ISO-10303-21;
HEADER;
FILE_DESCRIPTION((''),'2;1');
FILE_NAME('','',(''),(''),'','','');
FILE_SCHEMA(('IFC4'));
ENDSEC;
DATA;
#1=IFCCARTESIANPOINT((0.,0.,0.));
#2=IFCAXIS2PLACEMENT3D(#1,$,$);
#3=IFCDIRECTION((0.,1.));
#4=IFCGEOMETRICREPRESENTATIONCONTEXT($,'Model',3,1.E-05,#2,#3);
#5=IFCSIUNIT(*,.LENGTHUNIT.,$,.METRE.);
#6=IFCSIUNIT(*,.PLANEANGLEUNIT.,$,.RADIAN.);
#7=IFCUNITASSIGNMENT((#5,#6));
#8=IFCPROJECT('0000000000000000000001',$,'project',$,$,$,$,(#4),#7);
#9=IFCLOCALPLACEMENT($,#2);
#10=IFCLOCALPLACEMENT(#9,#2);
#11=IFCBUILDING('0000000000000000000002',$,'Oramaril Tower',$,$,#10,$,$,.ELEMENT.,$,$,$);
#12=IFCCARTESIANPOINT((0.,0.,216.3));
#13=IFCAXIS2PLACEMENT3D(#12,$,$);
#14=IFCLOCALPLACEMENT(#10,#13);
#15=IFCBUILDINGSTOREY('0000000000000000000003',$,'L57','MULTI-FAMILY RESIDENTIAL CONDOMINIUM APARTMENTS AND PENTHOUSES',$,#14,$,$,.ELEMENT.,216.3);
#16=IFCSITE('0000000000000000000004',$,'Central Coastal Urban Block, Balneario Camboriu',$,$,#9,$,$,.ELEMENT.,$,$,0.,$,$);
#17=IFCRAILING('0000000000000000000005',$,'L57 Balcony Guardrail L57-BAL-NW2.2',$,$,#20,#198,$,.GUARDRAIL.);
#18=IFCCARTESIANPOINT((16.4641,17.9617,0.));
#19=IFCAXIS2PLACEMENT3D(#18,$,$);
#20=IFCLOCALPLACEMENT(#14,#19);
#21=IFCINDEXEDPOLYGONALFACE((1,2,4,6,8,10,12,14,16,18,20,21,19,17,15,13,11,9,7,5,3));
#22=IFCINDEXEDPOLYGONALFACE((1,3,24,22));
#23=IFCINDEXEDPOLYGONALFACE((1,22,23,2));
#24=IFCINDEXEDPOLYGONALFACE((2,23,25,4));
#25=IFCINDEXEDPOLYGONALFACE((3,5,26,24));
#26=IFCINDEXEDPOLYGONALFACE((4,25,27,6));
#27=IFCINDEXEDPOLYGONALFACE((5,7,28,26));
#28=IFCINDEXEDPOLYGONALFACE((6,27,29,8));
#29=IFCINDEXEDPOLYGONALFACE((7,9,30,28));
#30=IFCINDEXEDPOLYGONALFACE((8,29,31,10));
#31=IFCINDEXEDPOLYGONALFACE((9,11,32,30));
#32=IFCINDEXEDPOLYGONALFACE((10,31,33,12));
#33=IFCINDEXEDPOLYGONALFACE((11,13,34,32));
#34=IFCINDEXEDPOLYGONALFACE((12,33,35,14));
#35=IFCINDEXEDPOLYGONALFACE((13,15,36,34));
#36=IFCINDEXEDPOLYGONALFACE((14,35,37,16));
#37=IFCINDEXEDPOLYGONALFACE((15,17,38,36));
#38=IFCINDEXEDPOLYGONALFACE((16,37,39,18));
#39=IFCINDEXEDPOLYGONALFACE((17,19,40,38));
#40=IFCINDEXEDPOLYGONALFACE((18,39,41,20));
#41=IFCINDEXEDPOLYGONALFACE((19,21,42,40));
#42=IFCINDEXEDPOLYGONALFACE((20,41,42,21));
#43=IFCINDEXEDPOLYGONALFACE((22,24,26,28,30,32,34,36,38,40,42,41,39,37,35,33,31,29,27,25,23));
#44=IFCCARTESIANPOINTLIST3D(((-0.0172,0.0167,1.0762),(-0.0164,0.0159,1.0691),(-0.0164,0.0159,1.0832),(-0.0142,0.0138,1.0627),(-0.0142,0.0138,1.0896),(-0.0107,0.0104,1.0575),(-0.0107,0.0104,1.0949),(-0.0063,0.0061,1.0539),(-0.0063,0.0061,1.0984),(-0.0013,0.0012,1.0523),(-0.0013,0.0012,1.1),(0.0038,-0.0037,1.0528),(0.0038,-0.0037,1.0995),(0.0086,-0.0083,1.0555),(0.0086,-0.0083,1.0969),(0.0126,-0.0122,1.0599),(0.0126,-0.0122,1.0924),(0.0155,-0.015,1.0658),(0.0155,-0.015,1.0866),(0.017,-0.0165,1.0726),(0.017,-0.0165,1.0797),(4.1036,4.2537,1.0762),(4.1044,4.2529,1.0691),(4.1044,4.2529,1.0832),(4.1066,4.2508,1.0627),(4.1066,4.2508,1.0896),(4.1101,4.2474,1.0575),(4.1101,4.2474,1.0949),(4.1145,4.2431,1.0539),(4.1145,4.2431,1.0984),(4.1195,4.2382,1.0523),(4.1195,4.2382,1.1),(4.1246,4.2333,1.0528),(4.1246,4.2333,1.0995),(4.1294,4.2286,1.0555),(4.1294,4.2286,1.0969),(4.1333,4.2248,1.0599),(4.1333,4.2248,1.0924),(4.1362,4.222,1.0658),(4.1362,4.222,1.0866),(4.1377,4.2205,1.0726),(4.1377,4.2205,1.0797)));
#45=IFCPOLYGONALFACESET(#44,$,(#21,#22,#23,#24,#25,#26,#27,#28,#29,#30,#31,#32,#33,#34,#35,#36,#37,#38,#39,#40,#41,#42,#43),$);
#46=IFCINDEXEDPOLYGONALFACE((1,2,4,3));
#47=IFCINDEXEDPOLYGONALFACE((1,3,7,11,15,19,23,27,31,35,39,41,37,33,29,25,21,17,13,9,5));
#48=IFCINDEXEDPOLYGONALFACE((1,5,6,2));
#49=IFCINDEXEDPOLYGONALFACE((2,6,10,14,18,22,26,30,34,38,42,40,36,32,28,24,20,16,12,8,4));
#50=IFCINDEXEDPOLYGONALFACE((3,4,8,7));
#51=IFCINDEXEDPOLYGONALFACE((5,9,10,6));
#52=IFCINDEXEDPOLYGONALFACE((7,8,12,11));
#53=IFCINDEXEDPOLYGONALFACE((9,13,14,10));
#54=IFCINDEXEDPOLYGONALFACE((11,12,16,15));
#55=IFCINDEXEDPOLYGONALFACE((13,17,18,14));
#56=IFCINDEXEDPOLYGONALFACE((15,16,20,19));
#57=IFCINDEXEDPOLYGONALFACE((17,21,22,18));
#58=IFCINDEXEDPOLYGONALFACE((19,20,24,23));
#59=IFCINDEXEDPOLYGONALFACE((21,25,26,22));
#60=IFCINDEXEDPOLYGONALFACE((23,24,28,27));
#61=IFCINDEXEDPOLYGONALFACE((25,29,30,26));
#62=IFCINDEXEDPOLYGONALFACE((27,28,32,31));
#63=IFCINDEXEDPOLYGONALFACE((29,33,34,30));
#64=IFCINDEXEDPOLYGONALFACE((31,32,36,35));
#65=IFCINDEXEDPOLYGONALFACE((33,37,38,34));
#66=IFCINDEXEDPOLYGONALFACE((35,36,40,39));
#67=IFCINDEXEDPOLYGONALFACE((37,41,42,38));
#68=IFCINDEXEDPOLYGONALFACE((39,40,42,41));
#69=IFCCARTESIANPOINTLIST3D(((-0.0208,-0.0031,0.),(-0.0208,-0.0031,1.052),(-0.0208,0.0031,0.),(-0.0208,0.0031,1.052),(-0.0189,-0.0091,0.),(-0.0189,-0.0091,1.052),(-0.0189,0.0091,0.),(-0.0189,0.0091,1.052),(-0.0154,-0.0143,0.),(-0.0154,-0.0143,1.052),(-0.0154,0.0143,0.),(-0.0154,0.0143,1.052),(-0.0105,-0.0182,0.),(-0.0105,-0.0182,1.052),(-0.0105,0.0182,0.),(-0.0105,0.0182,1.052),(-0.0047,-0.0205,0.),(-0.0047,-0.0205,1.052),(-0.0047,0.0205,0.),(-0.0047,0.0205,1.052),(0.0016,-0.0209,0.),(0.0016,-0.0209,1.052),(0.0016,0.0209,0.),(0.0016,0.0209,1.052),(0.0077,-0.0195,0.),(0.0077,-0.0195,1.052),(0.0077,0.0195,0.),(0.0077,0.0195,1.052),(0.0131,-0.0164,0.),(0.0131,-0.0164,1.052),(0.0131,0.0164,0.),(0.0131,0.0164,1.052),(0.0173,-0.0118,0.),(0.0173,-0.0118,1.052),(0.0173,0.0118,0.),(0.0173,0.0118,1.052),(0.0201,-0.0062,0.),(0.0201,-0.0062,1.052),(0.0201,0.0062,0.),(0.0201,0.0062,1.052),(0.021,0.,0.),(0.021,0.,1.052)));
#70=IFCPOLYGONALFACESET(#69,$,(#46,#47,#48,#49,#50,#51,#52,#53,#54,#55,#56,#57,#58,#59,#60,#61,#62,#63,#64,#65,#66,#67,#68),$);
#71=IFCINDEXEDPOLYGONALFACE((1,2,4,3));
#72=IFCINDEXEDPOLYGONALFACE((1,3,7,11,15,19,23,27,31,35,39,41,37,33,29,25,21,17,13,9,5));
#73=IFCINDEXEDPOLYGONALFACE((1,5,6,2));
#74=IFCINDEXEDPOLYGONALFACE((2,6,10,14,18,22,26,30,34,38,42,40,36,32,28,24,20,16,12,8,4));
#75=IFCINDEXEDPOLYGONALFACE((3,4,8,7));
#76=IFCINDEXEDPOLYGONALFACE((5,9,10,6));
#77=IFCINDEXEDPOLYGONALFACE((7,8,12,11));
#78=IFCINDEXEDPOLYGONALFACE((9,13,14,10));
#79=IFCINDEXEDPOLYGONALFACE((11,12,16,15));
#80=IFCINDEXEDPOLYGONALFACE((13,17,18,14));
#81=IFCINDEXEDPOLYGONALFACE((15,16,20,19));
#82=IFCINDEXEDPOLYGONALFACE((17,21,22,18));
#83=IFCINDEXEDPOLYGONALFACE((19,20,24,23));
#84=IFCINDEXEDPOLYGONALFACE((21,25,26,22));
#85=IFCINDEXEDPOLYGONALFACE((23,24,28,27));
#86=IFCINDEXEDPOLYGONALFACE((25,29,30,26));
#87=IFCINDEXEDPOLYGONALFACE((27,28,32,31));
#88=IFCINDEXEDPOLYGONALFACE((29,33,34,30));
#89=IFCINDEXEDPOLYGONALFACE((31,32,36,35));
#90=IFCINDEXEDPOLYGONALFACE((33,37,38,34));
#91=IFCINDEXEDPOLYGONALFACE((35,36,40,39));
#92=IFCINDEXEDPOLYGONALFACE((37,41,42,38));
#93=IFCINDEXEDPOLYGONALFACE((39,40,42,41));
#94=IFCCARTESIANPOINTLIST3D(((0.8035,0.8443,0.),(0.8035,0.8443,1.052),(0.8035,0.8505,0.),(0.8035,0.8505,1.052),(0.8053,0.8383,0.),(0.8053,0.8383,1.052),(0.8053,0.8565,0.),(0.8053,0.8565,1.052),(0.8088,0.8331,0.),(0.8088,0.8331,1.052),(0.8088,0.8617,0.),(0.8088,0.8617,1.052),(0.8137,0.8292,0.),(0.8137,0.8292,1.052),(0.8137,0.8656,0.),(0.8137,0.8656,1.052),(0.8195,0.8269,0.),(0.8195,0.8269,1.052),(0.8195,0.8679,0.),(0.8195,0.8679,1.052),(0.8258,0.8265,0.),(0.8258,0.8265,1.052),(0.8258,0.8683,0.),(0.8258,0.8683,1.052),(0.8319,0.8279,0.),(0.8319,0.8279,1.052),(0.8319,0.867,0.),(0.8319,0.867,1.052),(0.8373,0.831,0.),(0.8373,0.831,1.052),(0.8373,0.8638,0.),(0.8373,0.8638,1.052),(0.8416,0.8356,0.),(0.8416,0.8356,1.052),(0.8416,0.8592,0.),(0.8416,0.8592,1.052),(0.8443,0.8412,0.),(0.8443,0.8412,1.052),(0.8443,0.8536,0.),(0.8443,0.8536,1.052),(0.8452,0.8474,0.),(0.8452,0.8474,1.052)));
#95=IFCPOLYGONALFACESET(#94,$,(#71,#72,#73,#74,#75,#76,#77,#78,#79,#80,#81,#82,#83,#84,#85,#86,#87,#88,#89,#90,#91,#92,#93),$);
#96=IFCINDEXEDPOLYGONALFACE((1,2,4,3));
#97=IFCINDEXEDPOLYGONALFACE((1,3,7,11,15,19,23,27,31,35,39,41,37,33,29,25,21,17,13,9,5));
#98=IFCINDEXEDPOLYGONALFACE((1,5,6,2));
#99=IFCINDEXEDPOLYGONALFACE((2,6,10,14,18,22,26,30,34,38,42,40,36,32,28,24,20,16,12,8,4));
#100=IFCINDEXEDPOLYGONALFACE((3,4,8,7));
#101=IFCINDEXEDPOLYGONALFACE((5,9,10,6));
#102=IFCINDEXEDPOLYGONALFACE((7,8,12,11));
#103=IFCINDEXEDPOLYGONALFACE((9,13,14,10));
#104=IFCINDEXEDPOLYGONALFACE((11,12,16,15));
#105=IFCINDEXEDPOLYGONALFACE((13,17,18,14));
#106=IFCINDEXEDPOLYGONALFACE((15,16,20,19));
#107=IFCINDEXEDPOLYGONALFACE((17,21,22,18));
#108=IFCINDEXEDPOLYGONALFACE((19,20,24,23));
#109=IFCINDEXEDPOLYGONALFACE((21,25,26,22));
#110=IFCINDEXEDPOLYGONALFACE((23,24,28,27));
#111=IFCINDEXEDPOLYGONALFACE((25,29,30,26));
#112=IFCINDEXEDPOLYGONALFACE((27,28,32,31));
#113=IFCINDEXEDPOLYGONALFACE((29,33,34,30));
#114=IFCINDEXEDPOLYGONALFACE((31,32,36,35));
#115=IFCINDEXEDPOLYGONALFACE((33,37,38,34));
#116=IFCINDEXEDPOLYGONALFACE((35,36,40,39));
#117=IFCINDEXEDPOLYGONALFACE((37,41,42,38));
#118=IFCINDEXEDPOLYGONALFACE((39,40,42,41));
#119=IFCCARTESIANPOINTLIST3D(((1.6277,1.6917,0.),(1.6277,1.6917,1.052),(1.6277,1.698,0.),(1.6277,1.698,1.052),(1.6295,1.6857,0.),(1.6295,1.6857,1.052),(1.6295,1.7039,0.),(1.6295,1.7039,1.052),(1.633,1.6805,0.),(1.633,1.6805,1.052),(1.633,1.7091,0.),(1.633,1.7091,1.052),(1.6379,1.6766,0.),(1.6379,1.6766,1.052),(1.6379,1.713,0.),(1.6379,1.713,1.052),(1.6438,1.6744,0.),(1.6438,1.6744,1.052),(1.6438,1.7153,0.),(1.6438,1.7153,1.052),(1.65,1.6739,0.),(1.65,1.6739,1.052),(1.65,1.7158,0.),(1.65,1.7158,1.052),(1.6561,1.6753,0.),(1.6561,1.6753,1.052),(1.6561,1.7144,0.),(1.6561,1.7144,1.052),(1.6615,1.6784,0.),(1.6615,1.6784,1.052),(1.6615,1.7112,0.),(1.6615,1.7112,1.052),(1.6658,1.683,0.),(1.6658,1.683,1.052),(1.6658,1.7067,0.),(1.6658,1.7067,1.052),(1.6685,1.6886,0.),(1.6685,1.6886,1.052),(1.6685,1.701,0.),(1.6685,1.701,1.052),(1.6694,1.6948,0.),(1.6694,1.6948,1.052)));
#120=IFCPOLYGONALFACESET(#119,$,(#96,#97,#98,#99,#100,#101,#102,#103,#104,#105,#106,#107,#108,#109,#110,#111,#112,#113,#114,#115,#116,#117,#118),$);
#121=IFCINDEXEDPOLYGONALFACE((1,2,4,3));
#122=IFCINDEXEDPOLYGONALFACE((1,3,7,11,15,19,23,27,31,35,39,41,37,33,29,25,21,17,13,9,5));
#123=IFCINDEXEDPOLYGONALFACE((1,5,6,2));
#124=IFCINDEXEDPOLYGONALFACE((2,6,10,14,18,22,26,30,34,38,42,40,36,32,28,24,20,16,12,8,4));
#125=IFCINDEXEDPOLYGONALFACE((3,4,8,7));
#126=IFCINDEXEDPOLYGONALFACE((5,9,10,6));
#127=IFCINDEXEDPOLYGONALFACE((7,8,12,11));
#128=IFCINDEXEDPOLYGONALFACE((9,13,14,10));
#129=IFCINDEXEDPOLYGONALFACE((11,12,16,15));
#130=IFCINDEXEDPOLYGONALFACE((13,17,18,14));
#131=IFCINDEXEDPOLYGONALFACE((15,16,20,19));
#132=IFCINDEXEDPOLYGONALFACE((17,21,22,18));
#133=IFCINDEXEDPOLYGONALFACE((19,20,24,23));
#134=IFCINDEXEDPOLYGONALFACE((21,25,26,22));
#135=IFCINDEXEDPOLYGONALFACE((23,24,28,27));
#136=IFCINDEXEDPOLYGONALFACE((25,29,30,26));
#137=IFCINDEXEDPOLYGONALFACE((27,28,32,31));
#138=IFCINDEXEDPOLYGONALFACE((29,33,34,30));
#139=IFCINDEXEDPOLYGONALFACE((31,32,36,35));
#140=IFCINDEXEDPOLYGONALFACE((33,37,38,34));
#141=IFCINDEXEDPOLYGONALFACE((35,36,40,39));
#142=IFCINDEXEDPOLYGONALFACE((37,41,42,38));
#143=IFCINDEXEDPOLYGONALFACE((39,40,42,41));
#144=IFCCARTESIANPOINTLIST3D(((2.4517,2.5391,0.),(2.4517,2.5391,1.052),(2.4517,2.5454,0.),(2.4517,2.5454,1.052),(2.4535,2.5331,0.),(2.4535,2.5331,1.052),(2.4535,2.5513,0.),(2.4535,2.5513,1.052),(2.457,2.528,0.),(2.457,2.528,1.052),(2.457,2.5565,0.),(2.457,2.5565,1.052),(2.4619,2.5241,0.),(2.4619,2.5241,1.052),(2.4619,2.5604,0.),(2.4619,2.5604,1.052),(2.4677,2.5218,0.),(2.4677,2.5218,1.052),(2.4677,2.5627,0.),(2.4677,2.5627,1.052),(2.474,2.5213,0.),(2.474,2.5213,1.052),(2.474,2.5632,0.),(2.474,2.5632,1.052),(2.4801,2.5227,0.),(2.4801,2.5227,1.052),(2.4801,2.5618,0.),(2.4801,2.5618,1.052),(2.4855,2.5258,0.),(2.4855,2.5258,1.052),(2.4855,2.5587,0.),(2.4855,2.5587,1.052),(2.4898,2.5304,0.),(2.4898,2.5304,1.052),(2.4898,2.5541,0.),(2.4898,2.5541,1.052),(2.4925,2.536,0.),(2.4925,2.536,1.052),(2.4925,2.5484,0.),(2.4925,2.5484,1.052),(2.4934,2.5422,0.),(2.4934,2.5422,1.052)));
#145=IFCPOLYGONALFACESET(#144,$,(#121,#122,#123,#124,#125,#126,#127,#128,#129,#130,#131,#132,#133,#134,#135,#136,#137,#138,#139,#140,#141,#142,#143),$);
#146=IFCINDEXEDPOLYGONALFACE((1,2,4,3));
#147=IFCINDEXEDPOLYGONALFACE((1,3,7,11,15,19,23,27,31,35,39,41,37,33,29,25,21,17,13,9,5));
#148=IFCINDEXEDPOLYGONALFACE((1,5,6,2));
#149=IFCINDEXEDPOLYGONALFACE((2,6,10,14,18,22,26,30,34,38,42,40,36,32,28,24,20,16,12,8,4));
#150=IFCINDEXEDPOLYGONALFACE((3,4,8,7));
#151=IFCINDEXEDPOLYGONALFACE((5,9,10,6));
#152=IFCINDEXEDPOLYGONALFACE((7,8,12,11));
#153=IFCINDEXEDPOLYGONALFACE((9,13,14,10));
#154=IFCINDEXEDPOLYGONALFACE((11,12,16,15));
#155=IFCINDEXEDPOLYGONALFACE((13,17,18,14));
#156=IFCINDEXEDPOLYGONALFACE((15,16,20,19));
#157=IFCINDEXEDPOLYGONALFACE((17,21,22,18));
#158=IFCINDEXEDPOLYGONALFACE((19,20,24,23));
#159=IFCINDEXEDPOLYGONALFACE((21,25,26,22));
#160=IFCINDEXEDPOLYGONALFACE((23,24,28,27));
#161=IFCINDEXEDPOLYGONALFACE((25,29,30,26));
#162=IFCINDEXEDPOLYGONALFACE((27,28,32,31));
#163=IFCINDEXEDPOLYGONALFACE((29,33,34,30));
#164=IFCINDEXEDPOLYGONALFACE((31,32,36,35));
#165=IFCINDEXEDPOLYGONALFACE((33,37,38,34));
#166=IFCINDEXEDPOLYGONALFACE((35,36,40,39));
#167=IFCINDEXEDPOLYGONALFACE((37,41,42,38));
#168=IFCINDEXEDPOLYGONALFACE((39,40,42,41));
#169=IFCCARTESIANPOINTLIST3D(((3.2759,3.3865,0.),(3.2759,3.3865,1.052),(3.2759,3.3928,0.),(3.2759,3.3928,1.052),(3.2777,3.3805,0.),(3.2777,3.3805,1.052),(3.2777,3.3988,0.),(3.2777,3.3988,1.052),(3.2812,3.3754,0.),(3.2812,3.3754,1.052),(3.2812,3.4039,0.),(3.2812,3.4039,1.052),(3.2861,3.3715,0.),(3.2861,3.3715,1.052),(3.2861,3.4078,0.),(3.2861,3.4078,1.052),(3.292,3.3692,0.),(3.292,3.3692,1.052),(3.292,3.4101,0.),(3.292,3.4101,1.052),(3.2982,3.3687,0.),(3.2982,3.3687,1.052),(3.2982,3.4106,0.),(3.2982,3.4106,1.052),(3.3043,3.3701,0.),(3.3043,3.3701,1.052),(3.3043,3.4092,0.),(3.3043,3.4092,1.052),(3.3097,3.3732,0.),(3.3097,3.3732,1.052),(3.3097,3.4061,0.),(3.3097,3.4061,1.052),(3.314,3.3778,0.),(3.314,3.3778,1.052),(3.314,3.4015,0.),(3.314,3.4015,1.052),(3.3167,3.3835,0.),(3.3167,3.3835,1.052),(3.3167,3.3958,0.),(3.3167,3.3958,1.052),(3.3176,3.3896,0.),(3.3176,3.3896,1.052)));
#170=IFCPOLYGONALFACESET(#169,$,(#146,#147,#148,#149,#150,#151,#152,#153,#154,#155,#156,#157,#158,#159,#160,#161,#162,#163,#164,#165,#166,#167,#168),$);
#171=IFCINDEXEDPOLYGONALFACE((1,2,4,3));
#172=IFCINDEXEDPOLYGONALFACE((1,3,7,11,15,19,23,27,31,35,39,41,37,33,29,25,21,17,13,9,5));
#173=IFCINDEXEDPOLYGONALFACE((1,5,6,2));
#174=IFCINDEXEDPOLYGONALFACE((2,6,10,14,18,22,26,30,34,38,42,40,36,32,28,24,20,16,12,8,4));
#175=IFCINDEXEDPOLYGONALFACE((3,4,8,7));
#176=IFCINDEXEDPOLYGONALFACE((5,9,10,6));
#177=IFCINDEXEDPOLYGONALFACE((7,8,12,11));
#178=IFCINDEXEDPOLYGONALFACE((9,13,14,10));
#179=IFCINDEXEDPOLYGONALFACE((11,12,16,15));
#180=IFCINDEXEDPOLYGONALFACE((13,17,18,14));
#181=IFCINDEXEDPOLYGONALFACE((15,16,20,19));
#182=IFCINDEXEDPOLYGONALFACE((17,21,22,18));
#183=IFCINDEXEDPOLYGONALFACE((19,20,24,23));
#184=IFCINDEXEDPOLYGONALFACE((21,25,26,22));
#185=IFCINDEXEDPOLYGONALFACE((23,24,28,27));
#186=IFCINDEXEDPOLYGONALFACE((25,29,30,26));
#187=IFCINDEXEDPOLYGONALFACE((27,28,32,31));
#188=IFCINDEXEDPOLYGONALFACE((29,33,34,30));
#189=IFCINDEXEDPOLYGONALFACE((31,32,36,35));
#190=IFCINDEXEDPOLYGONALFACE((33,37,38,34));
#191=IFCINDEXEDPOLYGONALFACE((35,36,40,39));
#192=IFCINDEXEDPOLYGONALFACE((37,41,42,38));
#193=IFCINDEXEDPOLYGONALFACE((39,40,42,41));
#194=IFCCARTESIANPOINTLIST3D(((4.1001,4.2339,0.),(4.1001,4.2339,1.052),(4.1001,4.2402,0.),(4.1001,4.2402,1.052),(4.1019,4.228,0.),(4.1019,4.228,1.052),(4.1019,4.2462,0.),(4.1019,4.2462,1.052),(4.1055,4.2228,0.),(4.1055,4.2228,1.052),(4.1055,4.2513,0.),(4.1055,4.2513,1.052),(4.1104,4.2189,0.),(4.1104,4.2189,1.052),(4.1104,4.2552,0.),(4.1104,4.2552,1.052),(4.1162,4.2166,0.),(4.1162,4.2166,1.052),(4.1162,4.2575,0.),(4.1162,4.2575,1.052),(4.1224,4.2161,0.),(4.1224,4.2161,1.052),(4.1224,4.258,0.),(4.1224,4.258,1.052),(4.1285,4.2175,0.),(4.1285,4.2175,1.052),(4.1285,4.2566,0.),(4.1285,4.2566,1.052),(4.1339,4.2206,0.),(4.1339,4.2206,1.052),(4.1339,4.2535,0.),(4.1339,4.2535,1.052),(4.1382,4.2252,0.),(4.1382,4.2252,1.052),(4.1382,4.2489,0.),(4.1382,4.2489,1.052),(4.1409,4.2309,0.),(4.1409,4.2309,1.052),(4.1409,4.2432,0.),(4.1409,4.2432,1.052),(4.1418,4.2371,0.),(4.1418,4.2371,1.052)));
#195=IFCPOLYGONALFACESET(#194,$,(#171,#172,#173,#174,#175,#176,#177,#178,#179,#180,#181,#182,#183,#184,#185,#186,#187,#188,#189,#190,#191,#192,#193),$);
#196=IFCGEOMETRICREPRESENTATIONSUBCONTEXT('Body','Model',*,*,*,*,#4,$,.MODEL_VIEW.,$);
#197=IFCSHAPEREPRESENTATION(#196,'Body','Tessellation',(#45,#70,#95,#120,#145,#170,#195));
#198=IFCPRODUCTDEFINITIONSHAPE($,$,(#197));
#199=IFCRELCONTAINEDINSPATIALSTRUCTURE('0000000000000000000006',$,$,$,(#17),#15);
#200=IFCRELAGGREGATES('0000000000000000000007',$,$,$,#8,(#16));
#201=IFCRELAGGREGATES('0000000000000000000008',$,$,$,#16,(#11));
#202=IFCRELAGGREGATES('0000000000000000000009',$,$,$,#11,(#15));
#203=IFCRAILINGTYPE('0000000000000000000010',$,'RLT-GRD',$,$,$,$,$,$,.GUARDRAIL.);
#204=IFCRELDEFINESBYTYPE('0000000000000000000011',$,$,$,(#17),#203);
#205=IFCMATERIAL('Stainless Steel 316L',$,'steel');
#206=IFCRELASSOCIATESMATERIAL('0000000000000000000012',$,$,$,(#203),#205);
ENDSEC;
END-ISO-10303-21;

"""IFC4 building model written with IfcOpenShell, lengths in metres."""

from ifc_helpers import new_model, si_unit, direction, frame, origin, origin_2d, place, context, subcontext, project, spatial, circle, extrude, material, type_object, element, save


model = new_model("IFC4")

# Units and contexts
model_context = context("Model", 3, precision=1e-05, world=origin(), true_north=direction((0.0, 1.0)))
body_context = subcontext(model_context, "Body", "Model", "MODEL_VIEW")
ifc_project = project(units=[si_unit("LENGTHUNIT", "METRE"), si_unit("PLANEANGLEUNIT", "RADIAN")], contexts=[model_context])

# Site, building, storey
site_placement = place(None, origin())
site = spatial("IfcSite", under=ifc_project, at=site_placement, Name="Central Coastal Urban Block, Balneario Camboriu", CompositionType="ELEMENT", RefElevation=0.0)
building_placement = place(site_placement, origin())
building = spatial("IfcBuilding", under=site, at=building_placement, Name="Oramaril Tower", CompositionType="ELEMENT")
storey_placement = place(building_placement, frame((0.0, 0.0, 216.3)))
storey = spatial("IfcBuildingStorey", under=building, at=storey_placement, Name="L57", Description="MULTI-FAMILY RESIDENTIAL CONDOMINIUM APARTMENTS AND PENTHOUSES", CompositionType="ELEMENT", Elevation=216.3)

# Railing
ifc_material_1 = material(Name="Stainless Steel 316L", Category="steel")
railing_type = type_object("IfcRailingType", Name="RLT-GRD", PredefinedType="GUARDRAIL", material=ifc_material_1)
railing_1_placement = place(storey_placement, frame((16.4641, 17.9617, 0.0)))
element("IfcRailing", 1, at=railing_1_placement, inside=storey, type_object=railing_type, Name="L57 Balcony Guardrail L57-BAL-NW2.2", PredefinedType="GUARDRAIL", context=body_context, shape_type="SweptSolid", body=[
    extrude(circle(Radius=0.0239, at=origin_2d()), frame((0.0, 0.0, 1.0762), z_axis=(0.697208, 0.716869, 0.0), x_axis=(-0.716869, 0.697208, 0.0)), (0.0, 0.0, 1.0), 5.9104),
    extrude(circle(Radius=0.021, at=origin_2d()), origin(), (0.0, 0.0, 1.0), 1.052),
    extrude(circle(Radius=0.021, at=origin_2d()), frame((0.8242, 0.8474, 0.0)), (0.0, 0.0, 1.0), 1.052),
    extrude(circle(Radius=0.021, at=origin_2d()), frame((1.6484, 1.6948, 0.0)), (0.0, 0.0, 1.0), 1.052),
    extrude(circle(Radius=0.021, at=origin_2d()), frame((2.4724, 2.5422, 0.0)), (0.0, 0.0, 1.0), 1.052),
    extrude(circle(Radius=0.021, at=origin_2d()), frame((3.2966, 3.3896, 0.0)), (0.0, 0.0, 1.0), 1.052),
    extrude(circle(Radius=0.021, at=origin_2d()), frame((4.1208, 4.2371, 0.0)), (0.0, 0.0, 1.0), 1.052),
])

save(model, "model.ifc")
